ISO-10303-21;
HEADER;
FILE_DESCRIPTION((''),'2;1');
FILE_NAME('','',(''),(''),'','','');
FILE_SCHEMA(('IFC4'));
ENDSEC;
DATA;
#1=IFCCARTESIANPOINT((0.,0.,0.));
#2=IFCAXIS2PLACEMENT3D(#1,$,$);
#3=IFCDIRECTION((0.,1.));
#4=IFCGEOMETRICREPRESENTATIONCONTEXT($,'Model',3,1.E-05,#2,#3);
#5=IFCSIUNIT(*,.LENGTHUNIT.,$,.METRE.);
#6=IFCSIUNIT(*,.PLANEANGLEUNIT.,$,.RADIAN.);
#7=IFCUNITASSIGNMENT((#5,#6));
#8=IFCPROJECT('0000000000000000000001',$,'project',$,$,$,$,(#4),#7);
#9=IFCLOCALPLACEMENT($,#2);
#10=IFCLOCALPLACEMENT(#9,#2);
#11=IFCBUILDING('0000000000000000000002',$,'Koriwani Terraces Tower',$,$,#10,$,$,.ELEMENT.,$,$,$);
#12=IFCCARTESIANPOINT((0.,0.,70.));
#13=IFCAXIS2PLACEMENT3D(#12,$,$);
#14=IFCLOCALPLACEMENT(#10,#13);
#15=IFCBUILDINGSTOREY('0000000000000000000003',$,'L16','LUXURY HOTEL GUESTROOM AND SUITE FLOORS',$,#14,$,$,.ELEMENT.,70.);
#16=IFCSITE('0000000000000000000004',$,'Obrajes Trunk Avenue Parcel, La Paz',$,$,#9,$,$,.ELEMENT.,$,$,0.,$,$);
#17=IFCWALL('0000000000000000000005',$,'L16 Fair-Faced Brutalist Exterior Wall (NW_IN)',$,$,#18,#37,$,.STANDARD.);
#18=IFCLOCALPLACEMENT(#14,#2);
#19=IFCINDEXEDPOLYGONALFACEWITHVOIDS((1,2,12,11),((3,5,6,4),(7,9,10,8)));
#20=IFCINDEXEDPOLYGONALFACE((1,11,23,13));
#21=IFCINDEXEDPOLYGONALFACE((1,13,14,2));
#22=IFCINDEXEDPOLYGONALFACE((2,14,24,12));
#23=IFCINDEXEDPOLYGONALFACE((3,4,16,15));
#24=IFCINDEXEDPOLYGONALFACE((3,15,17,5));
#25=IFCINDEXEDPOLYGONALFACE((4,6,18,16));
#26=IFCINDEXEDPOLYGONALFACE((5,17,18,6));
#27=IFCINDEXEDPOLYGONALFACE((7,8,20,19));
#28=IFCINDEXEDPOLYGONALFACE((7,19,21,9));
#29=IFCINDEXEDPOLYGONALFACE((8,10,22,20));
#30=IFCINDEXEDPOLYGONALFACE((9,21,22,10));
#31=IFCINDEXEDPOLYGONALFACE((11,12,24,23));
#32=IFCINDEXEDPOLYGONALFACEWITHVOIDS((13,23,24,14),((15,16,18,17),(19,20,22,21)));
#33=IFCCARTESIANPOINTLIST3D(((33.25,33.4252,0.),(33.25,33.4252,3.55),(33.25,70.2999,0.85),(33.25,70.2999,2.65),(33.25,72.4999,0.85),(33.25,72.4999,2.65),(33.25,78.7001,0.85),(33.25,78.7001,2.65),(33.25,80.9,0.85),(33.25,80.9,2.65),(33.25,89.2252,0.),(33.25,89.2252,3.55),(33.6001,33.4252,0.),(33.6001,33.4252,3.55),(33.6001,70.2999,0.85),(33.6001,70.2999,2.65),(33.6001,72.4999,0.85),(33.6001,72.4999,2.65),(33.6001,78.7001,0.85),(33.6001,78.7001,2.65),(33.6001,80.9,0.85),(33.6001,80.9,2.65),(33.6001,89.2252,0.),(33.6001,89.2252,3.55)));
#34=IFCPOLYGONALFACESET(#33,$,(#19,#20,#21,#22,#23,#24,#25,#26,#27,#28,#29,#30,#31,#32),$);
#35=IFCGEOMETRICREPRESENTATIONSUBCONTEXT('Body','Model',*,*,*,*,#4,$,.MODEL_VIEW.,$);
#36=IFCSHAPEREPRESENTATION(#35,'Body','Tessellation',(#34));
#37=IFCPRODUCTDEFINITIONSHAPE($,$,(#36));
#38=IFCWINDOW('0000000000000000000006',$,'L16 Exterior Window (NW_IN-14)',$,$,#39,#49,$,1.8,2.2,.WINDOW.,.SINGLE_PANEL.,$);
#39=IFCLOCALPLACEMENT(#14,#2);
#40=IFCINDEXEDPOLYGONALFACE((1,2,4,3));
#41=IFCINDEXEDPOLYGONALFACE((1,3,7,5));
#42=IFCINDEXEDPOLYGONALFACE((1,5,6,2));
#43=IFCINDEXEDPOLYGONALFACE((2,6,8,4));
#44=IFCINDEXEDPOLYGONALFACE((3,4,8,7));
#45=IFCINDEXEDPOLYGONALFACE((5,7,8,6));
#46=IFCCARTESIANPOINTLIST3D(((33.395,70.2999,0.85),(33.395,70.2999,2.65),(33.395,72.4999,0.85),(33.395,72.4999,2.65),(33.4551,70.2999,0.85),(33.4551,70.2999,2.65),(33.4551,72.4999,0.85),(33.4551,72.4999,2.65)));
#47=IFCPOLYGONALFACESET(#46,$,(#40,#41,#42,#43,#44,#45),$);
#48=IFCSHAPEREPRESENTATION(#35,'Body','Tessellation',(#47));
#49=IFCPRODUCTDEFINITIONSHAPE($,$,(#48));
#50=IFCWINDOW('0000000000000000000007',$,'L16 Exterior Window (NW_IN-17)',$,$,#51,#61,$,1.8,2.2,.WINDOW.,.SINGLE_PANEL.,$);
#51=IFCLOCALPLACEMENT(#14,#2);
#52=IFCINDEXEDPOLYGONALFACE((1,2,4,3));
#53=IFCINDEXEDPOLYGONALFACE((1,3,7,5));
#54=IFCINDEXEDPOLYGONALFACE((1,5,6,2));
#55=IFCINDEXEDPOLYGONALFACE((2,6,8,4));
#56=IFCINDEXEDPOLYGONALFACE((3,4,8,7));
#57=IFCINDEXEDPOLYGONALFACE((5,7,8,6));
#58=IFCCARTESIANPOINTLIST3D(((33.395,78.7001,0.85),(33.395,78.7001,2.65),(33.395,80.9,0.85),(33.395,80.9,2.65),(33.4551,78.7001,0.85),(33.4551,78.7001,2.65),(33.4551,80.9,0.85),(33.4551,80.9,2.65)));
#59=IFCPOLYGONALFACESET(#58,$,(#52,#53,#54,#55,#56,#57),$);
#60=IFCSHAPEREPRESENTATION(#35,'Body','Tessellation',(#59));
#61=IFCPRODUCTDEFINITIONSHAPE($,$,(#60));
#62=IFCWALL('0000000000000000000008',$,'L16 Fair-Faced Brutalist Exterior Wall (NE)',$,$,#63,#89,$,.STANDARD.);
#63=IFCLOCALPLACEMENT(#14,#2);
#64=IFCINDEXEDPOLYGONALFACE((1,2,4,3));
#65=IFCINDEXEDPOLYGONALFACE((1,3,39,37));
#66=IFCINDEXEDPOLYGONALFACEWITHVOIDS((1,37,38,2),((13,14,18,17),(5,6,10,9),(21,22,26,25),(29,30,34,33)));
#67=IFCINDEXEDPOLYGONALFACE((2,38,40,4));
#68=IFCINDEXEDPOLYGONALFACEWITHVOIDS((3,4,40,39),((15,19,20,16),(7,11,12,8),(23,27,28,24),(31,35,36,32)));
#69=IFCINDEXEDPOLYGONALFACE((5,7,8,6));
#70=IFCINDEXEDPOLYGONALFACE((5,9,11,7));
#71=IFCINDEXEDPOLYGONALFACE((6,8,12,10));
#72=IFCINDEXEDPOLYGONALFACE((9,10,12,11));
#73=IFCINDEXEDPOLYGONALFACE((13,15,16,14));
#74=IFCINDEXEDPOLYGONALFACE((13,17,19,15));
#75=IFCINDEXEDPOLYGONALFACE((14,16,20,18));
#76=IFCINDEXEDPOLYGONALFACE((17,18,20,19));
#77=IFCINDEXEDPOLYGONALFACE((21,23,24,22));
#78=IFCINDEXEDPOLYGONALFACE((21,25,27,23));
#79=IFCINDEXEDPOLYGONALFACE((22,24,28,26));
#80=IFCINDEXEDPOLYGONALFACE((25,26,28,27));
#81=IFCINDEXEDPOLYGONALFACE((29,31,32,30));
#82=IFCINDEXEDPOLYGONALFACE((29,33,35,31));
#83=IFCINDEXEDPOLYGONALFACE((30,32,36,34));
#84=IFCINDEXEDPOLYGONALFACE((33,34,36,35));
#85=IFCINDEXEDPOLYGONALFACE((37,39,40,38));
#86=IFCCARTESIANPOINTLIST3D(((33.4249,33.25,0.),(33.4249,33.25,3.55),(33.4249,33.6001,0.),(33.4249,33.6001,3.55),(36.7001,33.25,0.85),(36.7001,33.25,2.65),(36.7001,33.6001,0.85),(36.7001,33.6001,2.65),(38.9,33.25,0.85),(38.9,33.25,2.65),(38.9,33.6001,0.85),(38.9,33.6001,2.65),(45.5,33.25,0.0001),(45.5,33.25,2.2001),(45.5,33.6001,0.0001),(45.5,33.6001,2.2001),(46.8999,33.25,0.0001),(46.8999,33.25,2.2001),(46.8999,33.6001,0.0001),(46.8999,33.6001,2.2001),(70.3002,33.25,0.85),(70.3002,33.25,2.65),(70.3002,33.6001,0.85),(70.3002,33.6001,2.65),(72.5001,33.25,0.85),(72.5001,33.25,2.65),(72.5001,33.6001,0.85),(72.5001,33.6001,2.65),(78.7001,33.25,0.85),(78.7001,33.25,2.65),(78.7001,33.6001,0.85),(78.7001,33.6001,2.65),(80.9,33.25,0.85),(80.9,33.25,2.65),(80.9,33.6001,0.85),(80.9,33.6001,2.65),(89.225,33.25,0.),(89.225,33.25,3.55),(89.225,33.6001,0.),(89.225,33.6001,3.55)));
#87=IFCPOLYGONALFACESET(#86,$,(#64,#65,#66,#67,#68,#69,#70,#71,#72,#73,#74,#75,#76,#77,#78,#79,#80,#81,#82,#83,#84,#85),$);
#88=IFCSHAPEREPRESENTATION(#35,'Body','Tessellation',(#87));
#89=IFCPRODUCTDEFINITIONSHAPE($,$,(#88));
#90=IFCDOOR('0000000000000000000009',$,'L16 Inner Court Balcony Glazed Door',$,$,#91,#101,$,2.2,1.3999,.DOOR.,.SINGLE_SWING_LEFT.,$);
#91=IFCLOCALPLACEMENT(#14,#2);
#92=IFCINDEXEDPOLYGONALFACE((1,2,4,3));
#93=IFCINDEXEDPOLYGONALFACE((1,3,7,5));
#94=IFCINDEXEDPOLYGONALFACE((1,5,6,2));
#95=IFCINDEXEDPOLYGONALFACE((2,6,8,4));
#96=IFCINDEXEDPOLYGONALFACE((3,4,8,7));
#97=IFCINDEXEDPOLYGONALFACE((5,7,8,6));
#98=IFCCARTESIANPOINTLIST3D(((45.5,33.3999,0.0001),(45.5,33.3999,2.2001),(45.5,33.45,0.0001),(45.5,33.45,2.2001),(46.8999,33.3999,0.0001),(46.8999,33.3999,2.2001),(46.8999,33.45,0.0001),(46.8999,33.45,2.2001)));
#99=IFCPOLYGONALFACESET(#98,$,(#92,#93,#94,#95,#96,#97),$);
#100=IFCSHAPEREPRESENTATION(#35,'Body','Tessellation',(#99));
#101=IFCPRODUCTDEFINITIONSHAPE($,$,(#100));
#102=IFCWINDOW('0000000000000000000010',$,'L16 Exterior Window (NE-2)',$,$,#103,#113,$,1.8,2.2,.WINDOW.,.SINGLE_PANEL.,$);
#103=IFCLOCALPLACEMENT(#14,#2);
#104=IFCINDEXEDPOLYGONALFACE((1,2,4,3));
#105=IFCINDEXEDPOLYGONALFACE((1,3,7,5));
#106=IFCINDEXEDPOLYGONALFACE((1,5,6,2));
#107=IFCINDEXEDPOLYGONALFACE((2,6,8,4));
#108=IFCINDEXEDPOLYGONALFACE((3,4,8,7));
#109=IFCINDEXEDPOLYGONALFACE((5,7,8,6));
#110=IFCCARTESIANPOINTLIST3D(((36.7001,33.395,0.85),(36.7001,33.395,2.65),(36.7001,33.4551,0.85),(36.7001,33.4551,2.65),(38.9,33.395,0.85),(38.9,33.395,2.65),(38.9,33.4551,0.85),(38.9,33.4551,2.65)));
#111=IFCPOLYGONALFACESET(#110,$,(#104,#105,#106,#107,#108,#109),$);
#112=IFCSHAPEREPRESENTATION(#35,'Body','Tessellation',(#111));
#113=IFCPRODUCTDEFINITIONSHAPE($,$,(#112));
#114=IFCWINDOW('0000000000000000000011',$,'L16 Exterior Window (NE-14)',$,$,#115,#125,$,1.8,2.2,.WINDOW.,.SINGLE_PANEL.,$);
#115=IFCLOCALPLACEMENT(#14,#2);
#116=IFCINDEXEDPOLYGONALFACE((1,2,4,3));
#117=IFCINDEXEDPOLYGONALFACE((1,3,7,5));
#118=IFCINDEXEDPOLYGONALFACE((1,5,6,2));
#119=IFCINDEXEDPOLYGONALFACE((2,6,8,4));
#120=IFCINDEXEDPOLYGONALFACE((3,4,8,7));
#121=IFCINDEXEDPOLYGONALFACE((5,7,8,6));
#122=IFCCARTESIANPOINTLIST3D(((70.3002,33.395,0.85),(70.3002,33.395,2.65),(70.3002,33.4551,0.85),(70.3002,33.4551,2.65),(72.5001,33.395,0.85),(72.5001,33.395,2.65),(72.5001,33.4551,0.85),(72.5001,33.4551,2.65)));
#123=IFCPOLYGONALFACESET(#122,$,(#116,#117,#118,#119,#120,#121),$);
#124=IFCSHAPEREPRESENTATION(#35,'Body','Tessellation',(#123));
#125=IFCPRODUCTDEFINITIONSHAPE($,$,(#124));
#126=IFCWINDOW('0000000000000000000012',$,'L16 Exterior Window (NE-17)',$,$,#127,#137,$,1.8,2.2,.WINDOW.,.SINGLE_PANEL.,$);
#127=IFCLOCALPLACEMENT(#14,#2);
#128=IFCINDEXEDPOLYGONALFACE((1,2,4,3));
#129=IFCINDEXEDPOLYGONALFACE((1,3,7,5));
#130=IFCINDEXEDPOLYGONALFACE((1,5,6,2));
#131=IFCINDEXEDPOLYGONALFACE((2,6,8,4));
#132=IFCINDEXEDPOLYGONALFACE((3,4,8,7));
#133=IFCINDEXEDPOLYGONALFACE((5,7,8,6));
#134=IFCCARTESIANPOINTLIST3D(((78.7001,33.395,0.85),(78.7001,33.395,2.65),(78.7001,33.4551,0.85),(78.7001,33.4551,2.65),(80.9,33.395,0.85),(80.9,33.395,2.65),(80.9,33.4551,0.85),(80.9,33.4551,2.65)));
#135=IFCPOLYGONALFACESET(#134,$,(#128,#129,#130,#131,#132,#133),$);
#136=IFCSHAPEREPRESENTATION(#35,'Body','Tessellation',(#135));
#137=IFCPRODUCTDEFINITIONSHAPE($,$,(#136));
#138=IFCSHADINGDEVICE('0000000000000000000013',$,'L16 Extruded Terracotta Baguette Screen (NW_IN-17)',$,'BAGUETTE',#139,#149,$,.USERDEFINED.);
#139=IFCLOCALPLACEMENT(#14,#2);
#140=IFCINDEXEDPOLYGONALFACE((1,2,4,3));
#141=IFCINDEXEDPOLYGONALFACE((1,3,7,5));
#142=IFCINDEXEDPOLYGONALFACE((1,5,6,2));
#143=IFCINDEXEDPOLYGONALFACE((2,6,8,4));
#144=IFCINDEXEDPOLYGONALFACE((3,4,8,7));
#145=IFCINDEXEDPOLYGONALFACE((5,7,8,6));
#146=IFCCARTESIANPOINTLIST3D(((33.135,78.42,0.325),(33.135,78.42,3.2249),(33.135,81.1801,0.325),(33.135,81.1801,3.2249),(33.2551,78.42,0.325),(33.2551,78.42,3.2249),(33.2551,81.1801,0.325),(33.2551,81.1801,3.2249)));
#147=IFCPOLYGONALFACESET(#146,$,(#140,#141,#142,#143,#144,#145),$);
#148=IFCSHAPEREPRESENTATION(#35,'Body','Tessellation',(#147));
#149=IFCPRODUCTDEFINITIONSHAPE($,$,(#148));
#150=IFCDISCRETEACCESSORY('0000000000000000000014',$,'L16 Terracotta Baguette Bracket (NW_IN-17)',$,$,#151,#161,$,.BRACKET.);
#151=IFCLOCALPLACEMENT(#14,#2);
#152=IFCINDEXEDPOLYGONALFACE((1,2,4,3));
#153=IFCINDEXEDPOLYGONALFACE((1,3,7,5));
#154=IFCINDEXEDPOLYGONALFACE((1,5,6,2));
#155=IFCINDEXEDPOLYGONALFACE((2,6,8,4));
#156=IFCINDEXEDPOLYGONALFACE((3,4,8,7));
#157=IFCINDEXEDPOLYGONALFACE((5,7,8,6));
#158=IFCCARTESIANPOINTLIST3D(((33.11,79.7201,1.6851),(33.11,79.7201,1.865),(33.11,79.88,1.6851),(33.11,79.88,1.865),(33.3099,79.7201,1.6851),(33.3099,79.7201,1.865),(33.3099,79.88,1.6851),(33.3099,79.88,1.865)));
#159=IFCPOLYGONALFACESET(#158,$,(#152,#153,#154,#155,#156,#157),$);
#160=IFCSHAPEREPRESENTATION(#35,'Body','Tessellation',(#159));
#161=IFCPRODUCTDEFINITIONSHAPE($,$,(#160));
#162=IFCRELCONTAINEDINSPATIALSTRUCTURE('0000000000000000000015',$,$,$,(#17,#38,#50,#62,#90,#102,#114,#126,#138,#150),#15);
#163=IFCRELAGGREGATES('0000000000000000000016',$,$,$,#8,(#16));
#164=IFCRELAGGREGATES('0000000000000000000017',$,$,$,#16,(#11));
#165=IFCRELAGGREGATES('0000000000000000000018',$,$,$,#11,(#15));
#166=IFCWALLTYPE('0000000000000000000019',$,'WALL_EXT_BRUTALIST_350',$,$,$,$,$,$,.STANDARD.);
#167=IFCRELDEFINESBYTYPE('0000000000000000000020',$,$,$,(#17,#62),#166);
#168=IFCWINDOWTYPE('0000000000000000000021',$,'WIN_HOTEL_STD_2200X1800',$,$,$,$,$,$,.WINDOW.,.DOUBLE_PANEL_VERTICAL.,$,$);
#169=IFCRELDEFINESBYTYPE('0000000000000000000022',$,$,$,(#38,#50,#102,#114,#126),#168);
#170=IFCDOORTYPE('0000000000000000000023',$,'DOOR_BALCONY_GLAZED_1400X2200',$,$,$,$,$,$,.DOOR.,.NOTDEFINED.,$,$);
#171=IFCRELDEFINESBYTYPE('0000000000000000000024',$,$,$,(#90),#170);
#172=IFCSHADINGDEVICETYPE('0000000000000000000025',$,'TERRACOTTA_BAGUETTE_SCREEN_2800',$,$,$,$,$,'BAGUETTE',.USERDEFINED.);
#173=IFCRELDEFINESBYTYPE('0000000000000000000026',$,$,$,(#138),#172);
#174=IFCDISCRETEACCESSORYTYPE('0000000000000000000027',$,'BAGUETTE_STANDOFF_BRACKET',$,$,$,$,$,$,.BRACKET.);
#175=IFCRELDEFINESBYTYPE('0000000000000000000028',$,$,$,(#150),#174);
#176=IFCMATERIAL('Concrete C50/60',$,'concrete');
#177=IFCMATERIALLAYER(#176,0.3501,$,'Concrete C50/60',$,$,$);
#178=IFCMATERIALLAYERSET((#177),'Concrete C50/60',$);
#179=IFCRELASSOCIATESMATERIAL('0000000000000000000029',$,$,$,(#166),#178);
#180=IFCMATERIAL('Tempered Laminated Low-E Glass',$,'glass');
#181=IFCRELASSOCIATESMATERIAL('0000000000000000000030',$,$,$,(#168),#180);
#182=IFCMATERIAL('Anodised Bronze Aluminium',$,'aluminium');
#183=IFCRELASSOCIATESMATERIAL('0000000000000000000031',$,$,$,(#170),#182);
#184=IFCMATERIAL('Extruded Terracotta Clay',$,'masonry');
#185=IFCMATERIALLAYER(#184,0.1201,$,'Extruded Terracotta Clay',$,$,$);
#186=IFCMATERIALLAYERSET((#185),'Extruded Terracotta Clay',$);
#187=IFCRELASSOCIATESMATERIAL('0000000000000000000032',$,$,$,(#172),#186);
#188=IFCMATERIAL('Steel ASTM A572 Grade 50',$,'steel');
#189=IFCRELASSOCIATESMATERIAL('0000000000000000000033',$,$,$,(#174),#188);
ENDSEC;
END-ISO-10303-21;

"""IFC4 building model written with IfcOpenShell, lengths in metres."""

from ifc_helpers import new_model, si_unit, direction, frame, frame_2d, origin, origin_2d, place, context, subcontext, project, spatial, rectangle, extrude, material, layer, layer_set, type_object, element, fill, save


model = new_model("IFC4")

# Units and contexts
model_context = context("Model", 3, precision=1e-05, world=origin(), true_north=direction((0.0, 1.0)))
body_context = subcontext(model_context, "Body", "Model", "MODEL_VIEW")
ifc_project = project(units=[si_unit("LENGTHUNIT", "METRE"), si_unit("PLANEANGLEUNIT", "RADIAN")], contexts=[model_context])

# Site, building, storey
site_placement = place(None, origin())
site = spatial("IfcSite", under=ifc_project, at=site_placement, Name="Obrajes Trunk Avenue Parcel, La Paz", CompositionType="ELEMENT", RefElevation=0.0)
building_placement = place(site_placement, origin())
building = spatial("IfcBuilding", under=site, at=building_placement, Name="Koriwani Terraces Tower", CompositionType="ELEMENT")
storey_placement = place(building_placement, frame((0.0, 0.0, 70.0)))
storey = spatial("IfcBuildingStorey", under=building, at=storey_placement, Name="L16", Description="LUXURY HOTEL GUESTROOM AND SUITE FLOORS", CompositionType="ELEMENT", Elevation=70.0)

# Shared definitions
ifc_material_1 = material(Name="Concrete C50/60", Category="concrete")
ifc_layer_1 = layer(ifc_material_1, 0.3501, Name="Concrete C50/60")
ifc_layer_set_1 = layer_set([ifc_layer_1], Name="Concrete C50/60")
wall_type = type_object("IfcWallType", Name="WALL_EXT_BRUTALIST_350", PredefinedType="STANDARD", material=ifc_layer_set_1)
ifc_material_2 = material(Name="Tempered Laminated Low-E Glass", Category="glass")

# Wall, openings, windows
wall_1_placement = place(storey_placement, frame((33.425, 89.2251, 0.0), z_axis=(0.0, 0.0, 1.0), x_axis=(0.0, -1.0, 0.0)))
wall_1 = element("IfcWall", 1, at=wall_1_placement, inside=storey, type_object=wall_type, Name="L16 Fair-Faced Brutalist Exterior Wall (NW_IN)", PredefinedType="STANDARD", context=body_context, shape_type="SweptSolid", body=[
    extrude(rectangle(XDim=55.8, YDim=0.3501, at=frame_2d((27.8999, 0.0))), origin(), (0.0, 0.0, 1.0), 3.55),
])
opening_1_placement = place(wall_1_placement, frame((16.7251, 0.0, 0.8501)))
opening_1 = element("IfcOpeningElement", 2, at=opening_1_placement, cuts=wall_1, PredefinedType="OPENING", context=body_context, shape_type="SweptSolid", body=[
    extrude(rectangle(XDim=2.2, YDim=1.8, at=frame_2d((1.1001, 0.8999))), frame((0.0, 0.1851, 0.0), z_axis=(0.0, -1.0, 0.0), x_axis=(1.0, 0.0, 0.0)), (0.0, 0.0, 1.0), 0.3701),
])
opening_2_placement = place(wall_1_placement, frame((8.325, 0.0, 0.8501)))
opening_2 = element("IfcOpeningElement", 3, at=opening_2_placement, cuts=wall_1, PredefinedType="OPENING", context=body_context, shape_type="SweptSolid", body=[
    extrude(rectangle(XDim=2.2, YDim=1.8, at=frame_2d((1.1001, 0.8999))), frame((0.0, 0.1851, 0.0), z_axis=(0.0, -1.0, 0.0), x_axis=(1.0, 0.0, 0.0)), (0.0, 0.0, 1.0), 0.3701),
])
window_type_1 = type_object("IfcWindowType", Name="WIN_HOTEL_STD_2200X1800", PartitioningType="DOUBLE_PANEL_VERTICAL", PredefinedType="WINDOW", material=ifc_material_2)
window_1_placement = place(opening_1_placement, origin())
window_1 = element("IfcWindow", 4, at=window_1_placement, inside=storey, type_object=window_type_1, Name="L16 Exterior Window (NW_IN-14)", OverallHeight=1.8, OverallWidth=2.2, PartitioningType="SINGLE_PANEL", PredefinedType="WINDOW", context=body_context, shape_type="SweptSolid", body=[
    extrude(rectangle(XDim=2.2, YDim=1.8, at=frame_2d((1.1001, 0.8999))), frame((0.0, 0.03, 0.0), z_axis=(0.0, -1.0, 0.0), x_axis=(1.0, 0.0, 0.0)), (0.0, 0.0, 1.0), 0.0601),
])
fill(opening_1, window_1)
window_2_placement = place(opening_2_placement, origin())
window_2 = element("IfcWindow", 5, at=window_2_placement, inside=storey, type_object=window_type_1, Name="L16 Exterior Window (NW_IN-17)", OverallHeight=1.8, OverallWidth=2.2, PartitioningType="SINGLE_PANEL", PredefinedType="WINDOW", context=body_context, shape_type="SweptSolid", body=[
    extrude(rectangle(XDim=2.2, YDim=1.8, at=frame_2d((1.1001, 0.8999))), frame((0.0, 0.03, 0.0), z_axis=(0.0, -1.0, 0.0), x_axis=(1.0, 0.0, 0.0)), (0.0, 0.0, 1.0), 0.0601),
])
fill(opening_2, window_2)

# Wall, openings, door, windows
wall_2_placement = place(storey_placement, frame((33.425, 33.425, 0.0), z_axis=(0.0, 0.0, 1.0), x_axis=(1.0, 0.0, 0.0)))
wall_2 = element("IfcWall", 6, at=wall_2_placement, inside=storey, type_object=wall_type, Name="L16 Fair-Faced Brutalist Exterior Wall (NE)", PredefinedType="STANDARD", context=body_context, shape_type="SweptSolid", body=[
    extrude(rectangle(XDim=55.8, YDim=0.3501, at=frame_2d((27.8999, 0.0))), origin(), (0.0, 0.0, 1.0), 3.55),
])
opening_3_placement = place(wall_2_placement, frame((12.075, 0.0, 0.0)))
opening_3 = element("IfcOpeningElement", 7, at=opening_3_placement, cuts=wall_2, PredefinedType="OPENING", context=body_context, shape_type="SweptSolid", body=[
    extrude(rectangle(XDim=1.3999, YDim=2.2, at=frame_2d((0.7, 1.1001))), frame((0.0, 0.1851, 0.0), z_axis=(0.0, -1.0, 0.0), x_axis=(1.0, 0.0, 0.0)), (0.0, 0.0, 1.0), 0.3701),
])
opening_4_placement = place(wall_2_placement, frame((3.2749, 0.0, 0.8501)))
opening_4 = element("IfcOpeningElement", 8, at=opening_4_placement, cuts=wall_2, PredefinedType="OPENING", context=body_context, shape_type="SweptSolid", body=[
    extrude(rectangle(XDim=2.2, YDim=1.8, at=frame_2d((1.1001, 0.8999))), frame((0.0, 0.1851, 0.0), z_axis=(0.0, -1.0, 0.0), x_axis=(1.0, 0.0, 0.0)), (0.0, 0.0, 1.0), 0.3701),
])
opening_5_placement = place(wall_2_placement, frame((36.875, 0.0, 0.8501)))
opening_5 = element("IfcOpeningElement", 9, at=opening_5_placement, cuts=wall_2, PredefinedType="OPENING", context=body_context, shape_type="SweptSolid", body=[
    extrude(rectangle(XDim=2.2, YDim=1.8, at=frame_2d((1.1001, 0.8999))), frame((0.0, 0.1851, 0.0), z_axis=(0.0, -1.0, 0.0), x_axis=(1.0, 0.0, 0.0)), (0.0, 0.0, 1.0), 0.3701),
])
opening_6_placement = place(wall_2_placement, frame((45.2749, 0.0, 0.8501)))
opening_6 = element("IfcOpeningElement", 10, at=opening_6_placement, cuts=wall_2, PredefinedType="OPENING", context=body_context, shape_type="SweptSolid", body=[
    extrude(rectangle(XDim=2.2, YDim=1.8, at=frame_2d((1.1001, 0.8999))), frame((0.0, 0.1851, 0.0), z_axis=(0.0, -1.0, 0.0), x_axis=(1.0, 0.0, 0.0)), (0.0, 0.0, 1.0), 0.3701),
])
ifc_material_3 = material(Name="Anodised Bronze Aluminium", Category="aluminium")
door_type = type_object("IfcDoorType", Name="DOOR_BALCONY_GLAZED_1400X2200", OperationType="NOTDEFINED", PredefinedType="DOOR", material=ifc_material_3)
door_placement = place(opening_3_placement, origin())
door = element("IfcDoor", 11, at=door_placement, inside=storey, type_object=door_type, Name="L16 Inner Court Balcony Glazed Door", OperationType="SINGLE_SWING_LEFT", OverallHeight=2.2, OverallWidth=1.3999, PredefinedType="DOOR", context=body_context, shape_type="SweptSolid", body=[
    extrude(rectangle(XDim=1.3999, YDim=2.2, at=frame_2d((0.7, 1.1001))), frame((0.0, 0.0249, 0.0), z_axis=(0.0, -1.0, 0.0), x_axis=(1.0, 0.0, 0.0)), (0.0, 0.0, 1.0), 0.05),
])
fill(opening_3, door)
window_3_placement = place(opening_4_placement, origin())
window_3 = element("IfcWindow", 12, at=window_3_placement, inside=storey, type_object=window_type_1, Name="L16 Exterior Window (NE-2)", OverallHeight=1.8, OverallWidth=2.2, PartitioningType="SINGLE_PANEL", PredefinedType="WINDOW", context=body_context, shape_type="SweptSolid", body=[
    extrude(rectangle(XDim=2.2, YDim=1.8, at=frame_2d((1.1001, 0.8999))), frame((0.0, 0.03, 0.0), z_axis=(0.0, -1.0, 0.0), x_axis=(1.0, 0.0, 0.0)), (0.0, 0.0, 1.0), 0.0601),
])
fill(opening_4, window_3)
window_4_placement = place(opening_5_placement, origin())
window_4 = element("IfcWindow", 13, at=window_4_placement, inside=storey, type_object=window_type_1, Name="L16 Exterior Window (NE-14)", OverallHeight=1.8, OverallWidth=2.2, PartitioningType="SINGLE_PANEL", PredefinedType="WINDOW", context=body_context, shape_type="SweptSolid", body=[
    extrude(rectangle(XDim=2.2, YDim=1.8, at=frame_2d((1.1001, 0.8999))), frame((0.0, 0.03, 0.0), z_axis=(0.0, -1.0, 0.0), x_axis=(1.0, 0.0, 0.0)), (0.0, 0.0, 1.0), 0.0601),
])
fill(opening_5, window_4)
window_5_placement = place(opening_6_placement, origin())
window_5 = element("IfcWindow", 14, at=window_5_placement, inside=storey, type_object=window_type_1, Name="L16 Exterior Window (NE-17)", OverallHeight=1.8, OverallWidth=2.2, PartitioningType="SINGLE_PANEL", PredefinedType="WINDOW", context=body_context, shape_type="SweptSolid", body=[
    extrude(rectangle(XDim=2.2, YDim=1.8, at=frame_2d((1.1001, 0.8999))), frame((0.0, 0.03, 0.0), z_axis=(0.0, -1.0, 0.0), x_axis=(1.0, 0.0, 0.0)), (0.0, 0.0, 1.0), 0.0601),
])
fill(opening_6, window_5)

# Shading device
ifc_material_4 = material(Name="Extruded Terracotta Clay", Category="masonry")
ifc_layer_2 = layer(ifc_material_4, 0.1201, Name="Extruded Terracotta Clay")
ifc_layer_set_2 = layer_set([ifc_layer_2], Name="Extruded Terracotta Clay")
shading_device_type = type_object("IfcShadingDeviceType", Name="TERRACOTTA_BAGUETTE_SCREEN_2800", ElementType="BAGUETTE", PredefinedType="USERDEFINED", material=ifc_layer_set_2)
shading_device_placement = place(storey_placement, frame((33.1951, 79.8, 0.325), z_axis=(0.0, 0.0, 1.0), x_axis=(0.0, -1.0, 0.0)))
element("IfcShadingDevice", 15, at=shading_device_placement, inside=storey, type_object=shading_device_type, Name="L16 Extruded Terracotta Baguette Screen (NW_IN-17)", ObjectType="BAGUETTE", PredefinedType="USERDEFINED", context=body_context, shape_type="SweptSolid", body=[
    extrude(rectangle(XDim=2.76, YDim=0.1201, at=origin_2d()), origin(), (0.0, 0.0, 1.0), 2.8999),
])

# Discrete accessory
ifc_material_5 = material(Name="Steel ASTM A572 Grade 50", Category="steel")
discrete_accessory_type = type_object("IfcDiscreteAccessoryType", Name="BAGUETTE_STANDOFF_BRACKET", PredefinedType="BRACKET", material=ifc_material_5)
discrete_accessory_placement = place(storey_placement, frame((33.21, 79.8, 1.6851), z_axis=(0.0, 0.0, 1.0), x_axis=(0.0, -1.0, 0.0)))
element("IfcDiscreteAccessory", 16, at=discrete_accessory_placement, inside=storey, type_object=discrete_accessory_type, Name="L16 Terracotta Baguette Bracket (NW_IN-17)", PredefinedType="BRACKET", context=body_context, shape_type="SweptSolid", body=[
    extrude(rectangle(XDim=0.1599, YDim=0.2, at=origin_2d()), origin(), (0.0, 0.0, 1.0), 0.1799),
])

save(model, "model.ifc")
